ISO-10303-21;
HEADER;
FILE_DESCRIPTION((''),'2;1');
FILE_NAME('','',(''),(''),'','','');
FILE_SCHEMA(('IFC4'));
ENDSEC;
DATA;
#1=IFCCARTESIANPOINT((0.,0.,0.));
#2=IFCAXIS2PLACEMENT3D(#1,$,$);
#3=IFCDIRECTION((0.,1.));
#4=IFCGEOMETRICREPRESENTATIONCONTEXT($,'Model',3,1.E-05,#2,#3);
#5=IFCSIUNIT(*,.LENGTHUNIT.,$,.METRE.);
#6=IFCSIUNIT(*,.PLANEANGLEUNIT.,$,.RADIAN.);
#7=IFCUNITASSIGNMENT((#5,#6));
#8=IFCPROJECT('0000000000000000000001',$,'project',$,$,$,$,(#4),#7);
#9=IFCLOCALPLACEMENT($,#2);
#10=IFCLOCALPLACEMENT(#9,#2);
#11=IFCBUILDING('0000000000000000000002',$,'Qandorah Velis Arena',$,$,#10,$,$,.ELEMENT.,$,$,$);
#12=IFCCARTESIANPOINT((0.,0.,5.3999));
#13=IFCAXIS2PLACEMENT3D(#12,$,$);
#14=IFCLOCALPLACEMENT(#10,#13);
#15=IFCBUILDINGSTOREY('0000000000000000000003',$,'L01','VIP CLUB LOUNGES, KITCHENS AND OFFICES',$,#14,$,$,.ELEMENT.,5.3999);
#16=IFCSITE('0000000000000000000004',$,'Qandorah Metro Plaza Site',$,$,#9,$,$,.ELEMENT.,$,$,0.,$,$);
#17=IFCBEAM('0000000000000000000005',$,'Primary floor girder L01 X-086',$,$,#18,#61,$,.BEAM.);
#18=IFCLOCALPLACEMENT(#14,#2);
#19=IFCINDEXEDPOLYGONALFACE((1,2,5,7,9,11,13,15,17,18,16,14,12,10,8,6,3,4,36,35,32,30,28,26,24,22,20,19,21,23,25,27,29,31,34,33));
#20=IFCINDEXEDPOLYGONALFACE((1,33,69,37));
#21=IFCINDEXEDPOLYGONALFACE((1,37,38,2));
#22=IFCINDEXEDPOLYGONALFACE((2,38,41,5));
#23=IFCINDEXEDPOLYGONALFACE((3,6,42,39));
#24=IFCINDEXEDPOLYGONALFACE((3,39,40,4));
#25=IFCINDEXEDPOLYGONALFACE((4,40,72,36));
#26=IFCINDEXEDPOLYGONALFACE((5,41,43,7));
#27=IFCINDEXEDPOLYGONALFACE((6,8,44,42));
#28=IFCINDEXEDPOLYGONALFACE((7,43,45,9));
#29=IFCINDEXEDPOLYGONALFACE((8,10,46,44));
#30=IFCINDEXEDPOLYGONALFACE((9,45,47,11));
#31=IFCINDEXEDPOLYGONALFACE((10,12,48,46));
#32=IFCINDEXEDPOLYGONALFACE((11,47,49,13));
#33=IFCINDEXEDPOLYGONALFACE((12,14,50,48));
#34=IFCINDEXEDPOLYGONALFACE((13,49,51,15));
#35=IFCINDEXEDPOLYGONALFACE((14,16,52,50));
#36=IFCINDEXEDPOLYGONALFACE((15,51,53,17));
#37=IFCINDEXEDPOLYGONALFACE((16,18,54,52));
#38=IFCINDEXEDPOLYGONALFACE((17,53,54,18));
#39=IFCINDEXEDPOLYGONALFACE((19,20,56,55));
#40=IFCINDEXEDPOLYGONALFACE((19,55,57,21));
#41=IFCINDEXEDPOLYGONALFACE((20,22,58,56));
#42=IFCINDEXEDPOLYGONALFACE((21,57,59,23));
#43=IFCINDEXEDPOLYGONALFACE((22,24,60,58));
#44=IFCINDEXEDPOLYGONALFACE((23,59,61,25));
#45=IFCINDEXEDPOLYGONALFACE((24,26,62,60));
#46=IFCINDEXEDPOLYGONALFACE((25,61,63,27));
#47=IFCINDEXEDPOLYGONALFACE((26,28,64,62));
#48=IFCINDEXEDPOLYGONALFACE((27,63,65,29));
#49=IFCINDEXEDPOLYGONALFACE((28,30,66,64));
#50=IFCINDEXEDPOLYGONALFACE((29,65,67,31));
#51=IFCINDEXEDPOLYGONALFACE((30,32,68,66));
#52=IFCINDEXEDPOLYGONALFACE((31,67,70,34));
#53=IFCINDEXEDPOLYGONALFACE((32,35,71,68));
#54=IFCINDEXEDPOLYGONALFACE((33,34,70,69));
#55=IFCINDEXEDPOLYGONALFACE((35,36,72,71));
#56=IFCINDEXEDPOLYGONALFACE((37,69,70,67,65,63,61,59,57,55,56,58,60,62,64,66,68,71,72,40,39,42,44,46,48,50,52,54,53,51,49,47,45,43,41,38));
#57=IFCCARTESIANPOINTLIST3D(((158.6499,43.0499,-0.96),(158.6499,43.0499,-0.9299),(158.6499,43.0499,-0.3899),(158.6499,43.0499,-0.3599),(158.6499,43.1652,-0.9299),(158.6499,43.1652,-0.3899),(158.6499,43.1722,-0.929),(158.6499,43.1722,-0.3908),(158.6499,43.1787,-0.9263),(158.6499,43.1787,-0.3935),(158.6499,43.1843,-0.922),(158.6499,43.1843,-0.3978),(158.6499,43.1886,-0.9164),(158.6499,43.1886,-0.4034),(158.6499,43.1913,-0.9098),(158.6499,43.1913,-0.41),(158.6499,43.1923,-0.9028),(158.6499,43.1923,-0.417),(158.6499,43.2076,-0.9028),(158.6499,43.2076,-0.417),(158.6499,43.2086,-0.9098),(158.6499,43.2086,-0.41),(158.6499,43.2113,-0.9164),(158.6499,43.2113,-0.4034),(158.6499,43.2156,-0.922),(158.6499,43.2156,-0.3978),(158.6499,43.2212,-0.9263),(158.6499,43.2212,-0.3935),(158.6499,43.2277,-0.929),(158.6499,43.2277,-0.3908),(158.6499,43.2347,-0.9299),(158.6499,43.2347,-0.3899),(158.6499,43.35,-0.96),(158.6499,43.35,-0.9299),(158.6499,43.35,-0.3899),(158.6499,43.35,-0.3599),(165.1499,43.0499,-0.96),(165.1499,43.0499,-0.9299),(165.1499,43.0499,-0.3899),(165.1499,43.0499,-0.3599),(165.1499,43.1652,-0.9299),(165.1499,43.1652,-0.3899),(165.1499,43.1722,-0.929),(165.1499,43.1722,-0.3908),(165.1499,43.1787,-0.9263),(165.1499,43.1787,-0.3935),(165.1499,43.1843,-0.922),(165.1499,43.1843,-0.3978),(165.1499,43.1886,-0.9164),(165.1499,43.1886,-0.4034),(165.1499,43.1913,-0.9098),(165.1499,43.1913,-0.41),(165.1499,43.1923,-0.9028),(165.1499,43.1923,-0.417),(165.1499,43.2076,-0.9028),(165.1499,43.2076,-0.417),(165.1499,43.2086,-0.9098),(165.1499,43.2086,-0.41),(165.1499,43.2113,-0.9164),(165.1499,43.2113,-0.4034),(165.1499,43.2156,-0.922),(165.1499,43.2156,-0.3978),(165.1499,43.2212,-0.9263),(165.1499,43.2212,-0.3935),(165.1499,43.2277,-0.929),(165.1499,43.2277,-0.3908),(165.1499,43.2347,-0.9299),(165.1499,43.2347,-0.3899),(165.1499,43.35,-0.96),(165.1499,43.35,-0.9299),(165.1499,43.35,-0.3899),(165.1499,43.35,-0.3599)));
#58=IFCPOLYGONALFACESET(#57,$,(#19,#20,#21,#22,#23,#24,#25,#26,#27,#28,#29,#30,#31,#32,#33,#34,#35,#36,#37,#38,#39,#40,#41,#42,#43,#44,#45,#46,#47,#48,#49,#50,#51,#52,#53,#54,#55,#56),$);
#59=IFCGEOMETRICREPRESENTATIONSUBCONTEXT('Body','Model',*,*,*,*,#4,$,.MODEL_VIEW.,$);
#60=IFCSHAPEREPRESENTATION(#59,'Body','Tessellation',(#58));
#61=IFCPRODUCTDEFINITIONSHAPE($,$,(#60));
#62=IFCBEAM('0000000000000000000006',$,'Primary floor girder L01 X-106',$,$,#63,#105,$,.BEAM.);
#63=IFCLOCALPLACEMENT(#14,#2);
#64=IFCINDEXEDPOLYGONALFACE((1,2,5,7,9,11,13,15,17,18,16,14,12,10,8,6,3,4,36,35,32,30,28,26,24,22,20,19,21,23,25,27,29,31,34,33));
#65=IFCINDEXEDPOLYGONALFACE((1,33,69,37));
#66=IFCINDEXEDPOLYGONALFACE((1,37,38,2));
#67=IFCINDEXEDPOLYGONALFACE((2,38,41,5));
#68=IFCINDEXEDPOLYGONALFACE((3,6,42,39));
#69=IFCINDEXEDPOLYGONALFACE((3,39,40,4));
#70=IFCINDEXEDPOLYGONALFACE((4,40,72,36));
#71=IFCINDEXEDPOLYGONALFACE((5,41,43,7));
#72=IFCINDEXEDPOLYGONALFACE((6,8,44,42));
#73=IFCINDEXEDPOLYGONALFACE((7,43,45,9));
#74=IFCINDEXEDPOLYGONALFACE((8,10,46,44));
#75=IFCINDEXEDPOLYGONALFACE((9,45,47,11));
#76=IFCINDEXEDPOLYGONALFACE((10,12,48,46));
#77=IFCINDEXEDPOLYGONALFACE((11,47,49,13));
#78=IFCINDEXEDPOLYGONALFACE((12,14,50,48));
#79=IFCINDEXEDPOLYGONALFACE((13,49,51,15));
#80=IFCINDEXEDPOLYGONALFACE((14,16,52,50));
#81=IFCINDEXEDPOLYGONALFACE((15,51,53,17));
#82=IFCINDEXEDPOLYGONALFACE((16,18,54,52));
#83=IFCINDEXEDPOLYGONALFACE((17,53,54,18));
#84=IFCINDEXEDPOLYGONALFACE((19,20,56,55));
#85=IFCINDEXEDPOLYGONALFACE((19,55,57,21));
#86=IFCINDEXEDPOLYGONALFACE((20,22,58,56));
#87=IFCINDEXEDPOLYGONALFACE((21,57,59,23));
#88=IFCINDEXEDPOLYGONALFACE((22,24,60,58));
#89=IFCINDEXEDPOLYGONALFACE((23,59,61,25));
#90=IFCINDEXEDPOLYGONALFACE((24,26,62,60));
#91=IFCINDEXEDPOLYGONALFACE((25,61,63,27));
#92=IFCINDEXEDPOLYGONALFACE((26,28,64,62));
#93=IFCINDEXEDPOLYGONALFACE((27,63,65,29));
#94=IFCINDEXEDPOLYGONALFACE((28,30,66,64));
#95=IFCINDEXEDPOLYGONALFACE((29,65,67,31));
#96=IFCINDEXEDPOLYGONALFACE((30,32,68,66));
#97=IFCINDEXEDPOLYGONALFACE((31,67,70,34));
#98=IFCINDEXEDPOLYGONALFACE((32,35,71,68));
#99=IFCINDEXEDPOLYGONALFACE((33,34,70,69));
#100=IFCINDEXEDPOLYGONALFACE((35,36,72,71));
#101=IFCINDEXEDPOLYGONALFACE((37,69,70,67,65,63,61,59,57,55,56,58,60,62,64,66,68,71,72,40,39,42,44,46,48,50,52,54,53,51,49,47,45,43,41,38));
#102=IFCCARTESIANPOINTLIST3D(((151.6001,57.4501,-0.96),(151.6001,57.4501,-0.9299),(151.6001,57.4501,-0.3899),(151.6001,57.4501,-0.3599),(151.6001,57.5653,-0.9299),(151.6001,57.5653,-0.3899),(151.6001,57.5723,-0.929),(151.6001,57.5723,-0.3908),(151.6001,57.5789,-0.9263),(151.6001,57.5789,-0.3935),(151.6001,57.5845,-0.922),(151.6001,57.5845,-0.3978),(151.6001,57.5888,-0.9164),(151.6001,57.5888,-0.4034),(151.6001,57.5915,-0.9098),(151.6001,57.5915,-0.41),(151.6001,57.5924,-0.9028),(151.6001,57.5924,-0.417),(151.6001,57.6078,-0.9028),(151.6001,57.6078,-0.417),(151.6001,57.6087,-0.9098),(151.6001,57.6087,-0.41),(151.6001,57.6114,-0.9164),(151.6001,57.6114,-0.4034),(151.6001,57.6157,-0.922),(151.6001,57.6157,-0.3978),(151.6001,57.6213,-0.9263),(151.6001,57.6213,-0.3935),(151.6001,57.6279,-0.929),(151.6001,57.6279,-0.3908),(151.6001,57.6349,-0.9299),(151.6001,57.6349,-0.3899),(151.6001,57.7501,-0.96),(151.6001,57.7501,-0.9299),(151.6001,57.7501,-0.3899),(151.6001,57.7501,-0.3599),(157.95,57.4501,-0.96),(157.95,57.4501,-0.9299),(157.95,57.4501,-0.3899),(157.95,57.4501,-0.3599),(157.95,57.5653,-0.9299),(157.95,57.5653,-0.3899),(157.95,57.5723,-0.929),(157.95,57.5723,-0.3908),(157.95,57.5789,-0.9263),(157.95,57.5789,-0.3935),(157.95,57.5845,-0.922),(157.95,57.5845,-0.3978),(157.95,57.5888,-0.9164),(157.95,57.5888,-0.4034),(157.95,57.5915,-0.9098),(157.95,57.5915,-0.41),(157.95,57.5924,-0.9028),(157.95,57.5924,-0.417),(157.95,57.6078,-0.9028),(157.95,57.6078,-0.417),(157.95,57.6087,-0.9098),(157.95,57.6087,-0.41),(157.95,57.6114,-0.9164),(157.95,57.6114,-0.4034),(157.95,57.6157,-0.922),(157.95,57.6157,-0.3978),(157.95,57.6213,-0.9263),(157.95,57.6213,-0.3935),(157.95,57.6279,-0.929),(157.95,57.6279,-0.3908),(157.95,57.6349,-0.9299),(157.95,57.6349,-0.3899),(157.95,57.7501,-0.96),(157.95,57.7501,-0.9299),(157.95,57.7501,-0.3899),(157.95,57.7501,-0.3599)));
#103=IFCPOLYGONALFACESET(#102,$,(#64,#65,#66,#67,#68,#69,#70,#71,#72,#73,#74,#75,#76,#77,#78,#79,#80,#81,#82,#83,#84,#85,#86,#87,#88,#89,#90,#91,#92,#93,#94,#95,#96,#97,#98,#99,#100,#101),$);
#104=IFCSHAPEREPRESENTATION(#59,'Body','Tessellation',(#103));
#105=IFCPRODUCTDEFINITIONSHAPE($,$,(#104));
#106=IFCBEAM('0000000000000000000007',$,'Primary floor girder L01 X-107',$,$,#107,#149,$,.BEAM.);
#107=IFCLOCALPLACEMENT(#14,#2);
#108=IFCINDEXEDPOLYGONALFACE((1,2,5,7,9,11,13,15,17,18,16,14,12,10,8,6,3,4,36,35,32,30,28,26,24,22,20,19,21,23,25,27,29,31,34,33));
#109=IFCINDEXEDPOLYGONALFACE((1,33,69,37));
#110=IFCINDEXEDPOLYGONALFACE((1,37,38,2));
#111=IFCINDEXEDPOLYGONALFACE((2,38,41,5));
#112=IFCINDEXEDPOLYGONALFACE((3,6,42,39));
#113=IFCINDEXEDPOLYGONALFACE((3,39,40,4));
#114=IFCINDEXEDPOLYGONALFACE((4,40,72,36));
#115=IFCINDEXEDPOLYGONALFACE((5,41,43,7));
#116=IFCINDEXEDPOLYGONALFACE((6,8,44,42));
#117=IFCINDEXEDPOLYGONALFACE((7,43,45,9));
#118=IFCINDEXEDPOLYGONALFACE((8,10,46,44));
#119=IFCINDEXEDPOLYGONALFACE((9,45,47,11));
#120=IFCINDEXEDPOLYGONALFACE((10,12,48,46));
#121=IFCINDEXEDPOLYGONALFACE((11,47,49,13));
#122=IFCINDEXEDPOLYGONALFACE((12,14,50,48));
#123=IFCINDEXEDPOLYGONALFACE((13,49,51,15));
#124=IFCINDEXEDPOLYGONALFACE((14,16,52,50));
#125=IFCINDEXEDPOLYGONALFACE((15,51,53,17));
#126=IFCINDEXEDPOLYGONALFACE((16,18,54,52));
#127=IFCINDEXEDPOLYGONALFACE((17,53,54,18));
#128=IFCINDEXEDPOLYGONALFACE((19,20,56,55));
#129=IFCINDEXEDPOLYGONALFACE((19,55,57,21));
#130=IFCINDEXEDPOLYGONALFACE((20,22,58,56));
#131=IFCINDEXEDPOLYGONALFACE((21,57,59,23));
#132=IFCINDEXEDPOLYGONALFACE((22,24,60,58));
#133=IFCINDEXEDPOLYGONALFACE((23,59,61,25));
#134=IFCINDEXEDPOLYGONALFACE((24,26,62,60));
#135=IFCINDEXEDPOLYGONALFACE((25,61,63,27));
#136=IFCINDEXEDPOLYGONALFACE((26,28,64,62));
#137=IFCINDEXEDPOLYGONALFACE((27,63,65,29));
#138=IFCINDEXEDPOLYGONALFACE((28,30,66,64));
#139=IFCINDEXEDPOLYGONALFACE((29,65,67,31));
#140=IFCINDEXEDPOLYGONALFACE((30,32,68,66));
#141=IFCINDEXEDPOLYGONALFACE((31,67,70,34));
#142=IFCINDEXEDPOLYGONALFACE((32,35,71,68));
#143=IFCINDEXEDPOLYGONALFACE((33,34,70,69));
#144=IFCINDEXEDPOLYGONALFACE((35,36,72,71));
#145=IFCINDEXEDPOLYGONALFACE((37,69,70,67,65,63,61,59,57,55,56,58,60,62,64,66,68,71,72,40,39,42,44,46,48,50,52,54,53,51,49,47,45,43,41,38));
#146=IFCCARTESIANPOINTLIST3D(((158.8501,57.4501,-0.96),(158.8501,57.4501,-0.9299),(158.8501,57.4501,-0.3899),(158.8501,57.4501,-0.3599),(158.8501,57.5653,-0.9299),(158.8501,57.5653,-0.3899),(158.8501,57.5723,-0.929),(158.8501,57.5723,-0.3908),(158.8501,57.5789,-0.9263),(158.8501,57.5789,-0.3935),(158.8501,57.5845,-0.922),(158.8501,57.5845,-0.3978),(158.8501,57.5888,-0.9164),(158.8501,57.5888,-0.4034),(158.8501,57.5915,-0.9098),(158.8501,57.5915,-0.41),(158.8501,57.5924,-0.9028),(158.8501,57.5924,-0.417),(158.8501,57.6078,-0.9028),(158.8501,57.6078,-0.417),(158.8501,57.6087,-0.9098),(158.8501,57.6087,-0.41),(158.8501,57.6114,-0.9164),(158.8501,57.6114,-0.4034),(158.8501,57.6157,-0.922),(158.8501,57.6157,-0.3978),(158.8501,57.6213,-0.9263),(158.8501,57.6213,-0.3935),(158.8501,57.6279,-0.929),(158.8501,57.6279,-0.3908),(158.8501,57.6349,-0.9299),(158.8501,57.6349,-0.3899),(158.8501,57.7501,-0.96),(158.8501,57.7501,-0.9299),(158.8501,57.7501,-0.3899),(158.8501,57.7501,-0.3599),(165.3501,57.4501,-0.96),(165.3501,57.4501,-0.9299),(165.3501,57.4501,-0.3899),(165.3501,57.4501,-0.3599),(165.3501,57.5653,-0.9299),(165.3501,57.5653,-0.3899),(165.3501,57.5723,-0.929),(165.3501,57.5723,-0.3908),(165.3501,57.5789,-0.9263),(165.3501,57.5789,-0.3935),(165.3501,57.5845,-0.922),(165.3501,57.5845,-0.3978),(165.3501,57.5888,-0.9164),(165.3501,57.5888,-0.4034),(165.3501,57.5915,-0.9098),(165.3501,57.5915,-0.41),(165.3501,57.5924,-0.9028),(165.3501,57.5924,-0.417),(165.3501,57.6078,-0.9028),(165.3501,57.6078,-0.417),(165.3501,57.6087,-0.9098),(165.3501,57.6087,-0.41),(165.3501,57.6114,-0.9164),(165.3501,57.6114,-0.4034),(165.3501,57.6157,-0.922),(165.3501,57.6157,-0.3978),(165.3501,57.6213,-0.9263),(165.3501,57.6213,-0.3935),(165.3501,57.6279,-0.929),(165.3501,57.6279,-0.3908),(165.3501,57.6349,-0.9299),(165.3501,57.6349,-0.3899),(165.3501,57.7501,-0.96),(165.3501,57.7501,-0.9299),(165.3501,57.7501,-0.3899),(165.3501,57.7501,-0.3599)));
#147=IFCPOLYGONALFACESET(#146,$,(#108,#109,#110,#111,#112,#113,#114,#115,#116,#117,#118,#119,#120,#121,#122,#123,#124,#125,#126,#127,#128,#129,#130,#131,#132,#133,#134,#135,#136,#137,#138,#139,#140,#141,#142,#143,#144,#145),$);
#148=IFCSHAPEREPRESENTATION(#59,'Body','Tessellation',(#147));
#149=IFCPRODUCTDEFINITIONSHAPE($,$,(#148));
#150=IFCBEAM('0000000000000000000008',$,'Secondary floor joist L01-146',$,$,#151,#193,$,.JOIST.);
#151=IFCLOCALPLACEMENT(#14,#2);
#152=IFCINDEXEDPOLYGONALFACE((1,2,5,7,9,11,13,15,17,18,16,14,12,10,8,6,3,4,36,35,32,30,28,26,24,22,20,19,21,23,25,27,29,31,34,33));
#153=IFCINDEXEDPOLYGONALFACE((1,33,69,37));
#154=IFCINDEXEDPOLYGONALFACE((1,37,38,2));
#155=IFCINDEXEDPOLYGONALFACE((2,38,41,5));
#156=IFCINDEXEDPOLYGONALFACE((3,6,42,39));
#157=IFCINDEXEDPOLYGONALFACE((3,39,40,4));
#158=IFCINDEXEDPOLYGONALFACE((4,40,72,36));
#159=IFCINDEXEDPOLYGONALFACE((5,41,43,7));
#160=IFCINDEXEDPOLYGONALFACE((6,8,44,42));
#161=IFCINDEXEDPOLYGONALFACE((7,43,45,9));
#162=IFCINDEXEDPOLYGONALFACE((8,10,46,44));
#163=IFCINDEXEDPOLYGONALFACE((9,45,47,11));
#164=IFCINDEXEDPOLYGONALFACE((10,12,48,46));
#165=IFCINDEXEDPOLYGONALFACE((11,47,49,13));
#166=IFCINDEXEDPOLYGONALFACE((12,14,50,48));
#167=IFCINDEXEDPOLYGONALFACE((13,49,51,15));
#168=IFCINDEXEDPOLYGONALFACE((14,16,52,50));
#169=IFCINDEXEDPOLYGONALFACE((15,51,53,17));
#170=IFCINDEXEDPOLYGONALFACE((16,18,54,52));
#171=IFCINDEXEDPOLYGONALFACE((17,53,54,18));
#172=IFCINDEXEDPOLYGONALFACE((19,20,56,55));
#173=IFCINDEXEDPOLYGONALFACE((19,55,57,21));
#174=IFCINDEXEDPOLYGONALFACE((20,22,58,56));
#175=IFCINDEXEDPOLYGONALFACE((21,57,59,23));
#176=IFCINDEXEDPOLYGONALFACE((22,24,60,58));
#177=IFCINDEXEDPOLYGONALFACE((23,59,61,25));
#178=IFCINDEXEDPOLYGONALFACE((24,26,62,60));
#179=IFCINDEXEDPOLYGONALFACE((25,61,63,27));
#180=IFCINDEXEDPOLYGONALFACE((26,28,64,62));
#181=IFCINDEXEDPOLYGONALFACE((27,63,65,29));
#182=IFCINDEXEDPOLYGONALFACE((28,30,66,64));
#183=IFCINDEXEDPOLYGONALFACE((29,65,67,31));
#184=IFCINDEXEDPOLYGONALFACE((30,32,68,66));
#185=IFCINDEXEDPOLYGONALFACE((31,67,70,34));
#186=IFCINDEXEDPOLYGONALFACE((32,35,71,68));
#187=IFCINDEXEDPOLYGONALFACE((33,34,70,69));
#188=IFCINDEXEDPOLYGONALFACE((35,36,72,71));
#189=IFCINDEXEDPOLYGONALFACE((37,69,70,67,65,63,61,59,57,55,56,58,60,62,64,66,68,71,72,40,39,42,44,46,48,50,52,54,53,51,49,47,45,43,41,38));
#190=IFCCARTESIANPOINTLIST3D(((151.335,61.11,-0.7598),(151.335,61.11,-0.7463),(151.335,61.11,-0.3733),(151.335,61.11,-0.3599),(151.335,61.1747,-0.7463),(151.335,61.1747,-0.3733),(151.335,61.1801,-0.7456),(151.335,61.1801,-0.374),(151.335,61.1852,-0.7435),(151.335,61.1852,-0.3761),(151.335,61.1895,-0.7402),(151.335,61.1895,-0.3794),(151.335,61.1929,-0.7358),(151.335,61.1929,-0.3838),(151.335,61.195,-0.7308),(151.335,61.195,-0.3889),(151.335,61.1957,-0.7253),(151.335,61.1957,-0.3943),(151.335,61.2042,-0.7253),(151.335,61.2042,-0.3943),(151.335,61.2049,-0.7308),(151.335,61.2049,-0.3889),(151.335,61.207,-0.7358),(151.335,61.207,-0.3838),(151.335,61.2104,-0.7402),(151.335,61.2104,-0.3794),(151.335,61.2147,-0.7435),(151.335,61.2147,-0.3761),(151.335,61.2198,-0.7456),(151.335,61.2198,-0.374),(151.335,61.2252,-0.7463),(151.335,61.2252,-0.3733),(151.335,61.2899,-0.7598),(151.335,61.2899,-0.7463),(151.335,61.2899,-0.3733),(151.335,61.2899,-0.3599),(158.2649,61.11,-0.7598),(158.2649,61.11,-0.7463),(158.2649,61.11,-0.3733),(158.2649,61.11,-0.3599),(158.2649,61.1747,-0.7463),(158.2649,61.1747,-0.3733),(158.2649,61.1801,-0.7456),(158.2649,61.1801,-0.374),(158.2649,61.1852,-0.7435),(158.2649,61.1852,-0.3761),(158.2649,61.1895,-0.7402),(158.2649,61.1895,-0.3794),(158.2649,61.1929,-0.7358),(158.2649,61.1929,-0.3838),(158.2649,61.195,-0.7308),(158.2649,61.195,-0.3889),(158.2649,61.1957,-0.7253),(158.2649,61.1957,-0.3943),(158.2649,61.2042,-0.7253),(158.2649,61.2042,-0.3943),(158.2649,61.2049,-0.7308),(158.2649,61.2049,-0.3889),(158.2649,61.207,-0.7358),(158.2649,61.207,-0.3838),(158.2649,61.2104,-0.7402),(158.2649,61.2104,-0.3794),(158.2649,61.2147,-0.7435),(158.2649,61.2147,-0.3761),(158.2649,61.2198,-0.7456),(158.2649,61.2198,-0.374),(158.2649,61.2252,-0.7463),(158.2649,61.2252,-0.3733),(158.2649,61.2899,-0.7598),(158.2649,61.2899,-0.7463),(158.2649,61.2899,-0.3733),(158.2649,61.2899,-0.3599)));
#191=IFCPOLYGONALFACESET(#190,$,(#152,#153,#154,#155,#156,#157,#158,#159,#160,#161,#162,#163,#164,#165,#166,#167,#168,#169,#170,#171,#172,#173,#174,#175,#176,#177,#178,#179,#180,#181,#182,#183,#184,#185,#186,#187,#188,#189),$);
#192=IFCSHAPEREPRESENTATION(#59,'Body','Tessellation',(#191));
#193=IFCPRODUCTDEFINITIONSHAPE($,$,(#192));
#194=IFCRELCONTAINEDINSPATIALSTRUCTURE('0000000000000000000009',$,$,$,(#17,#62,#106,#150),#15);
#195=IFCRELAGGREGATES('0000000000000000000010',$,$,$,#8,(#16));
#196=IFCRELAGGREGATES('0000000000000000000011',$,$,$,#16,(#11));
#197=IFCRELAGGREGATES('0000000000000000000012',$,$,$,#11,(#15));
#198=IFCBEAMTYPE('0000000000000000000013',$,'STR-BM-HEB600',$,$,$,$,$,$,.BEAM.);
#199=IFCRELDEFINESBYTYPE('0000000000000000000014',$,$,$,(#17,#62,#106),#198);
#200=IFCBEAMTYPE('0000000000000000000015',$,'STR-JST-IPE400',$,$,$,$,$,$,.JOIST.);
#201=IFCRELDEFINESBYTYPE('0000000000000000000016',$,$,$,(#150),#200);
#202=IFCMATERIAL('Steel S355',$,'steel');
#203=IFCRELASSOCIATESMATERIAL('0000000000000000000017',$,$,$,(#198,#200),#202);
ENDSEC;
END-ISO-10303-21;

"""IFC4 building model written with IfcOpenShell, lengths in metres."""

from ifc_helpers import new_model, si_unit, direction, frame, origin, origin_2d, place, context, subcontext, project, spatial, i_section, extrude, material, material_profile, profile_set, type_object, element, save


model = new_model("IFC4")

# Units and contexts
model_context = context("Model", 3, precision=1e-05, world=origin(), true_north=direction((0.0, 1.0)))
body_context = subcontext(model_context, "Body", "Model", "MODEL_VIEW")
ifc_project = project(units=[si_unit("LENGTHUNIT", "METRE"), si_unit("PLANEANGLEUNIT", "RADIAN")], contexts=[model_context])

# Site, building, storey
site_placement = place(None, origin())
site = spatial("IfcSite", under=ifc_project, at=site_placement, Name="Qandorah Metro Plaza Site", CompositionType="ELEMENT", RefElevation=0.0)
building_placement = place(site_placement, origin())
building = spatial("IfcBuilding", under=site, at=building_placement, Name="Qandorah Velis Arena", CompositionType="ELEMENT")
storey_placement = place(building_placement, frame((0.0, 0.0, 5.3999)))
storey = spatial("IfcBuildingStorey", under=building, at=storey_placement, Name="L01", Description="VIP CLUB LOUNGES, KITCHENS AND OFFICES", CompositionType="ELEMENT", Elevation=5.3999)

# Beams
ifc_material_1 = material(Name="Steel S355", Category="steel")
ifc_material_profile_1 = material_profile(ifc_material_1, i_section(OverallWidth=0.3, OverallDepth=0.6001, WebThickness=0.0154, FlangeThickness=0.03, FilletRadius=0.0271, at=origin_2d()), Name="HEB 600")
ifc_profile_set_1 = profile_set([ifc_material_profile_1], Name="Steel S355")
beam_type_1 = type_object("IfcBeamType", Name="STR-BM-HEB600", PredefinedType="BEAM", material=ifc_profile_set_1)
beam_1_placement = place(storey_placement, frame((158.6499, 43.2, -0.6599), z_axis=(1.0, 0.0, 0.0), x_axis=(0.0, 1.0, 0.0)))
element("IfcBeam", 1, at=beam_1_placement, inside=storey, type_object=beam_type_1, Name="Primary floor girder L01 X-086", PredefinedType="BEAM", context=body_context, shape_type="SweptSolid", body=[
    extrude(i_section(OverallWidth=0.3, OverallDepth=0.6001, WebThickness=0.0154, FlangeThickness=0.03, FilletRadius=0.0271, at=origin_2d()), origin(), (0.0, 0.0, 1.0), 6.5),
])
beam_2_placement = place(storey_placement, frame((151.6001, 57.6001, -0.6599), z_axis=(1.0, 0.0, 0.0), x_axis=(0.0, 1.0, 0.0)))
element("IfcBeam", 2, at=beam_2_placement, inside=storey, type_object=beam_type_1, Name="Primary floor girder L01 X-106", PredefinedType="BEAM", context=body_context, shape_type="SweptSolid", body=[
    extrude(i_section(OverallWidth=0.3, OverallDepth=0.6001, WebThickness=0.0154, FlangeThickness=0.03, FilletRadius=0.0271, at=origin_2d()), origin(), (0.0, 0.0, 1.0), 6.3499),
])
beam_3_placement = place(storey_placement, frame((158.8501, 57.6001, -0.6599), z_axis=(1.0, 0.0, 0.0), x_axis=(0.0, 1.0, 0.0)))
element("IfcBeam", 3, at=beam_3_placement, inside=storey, type_object=beam_type_1, Name="Primary floor girder L01 X-107", PredefinedType="BEAM", context=body_context, shape_type="SweptSolid", body=[
    extrude(i_section(OverallWidth=0.3, OverallDepth=0.6001, WebThickness=0.0154, FlangeThickness=0.03, FilletRadius=0.0271, at=origin_2d()), origin(), (0.0, 0.0, 1.0), 6.5),
])
ifc_material_profile_2 = material_profile(ifc_material_1, i_section(OverallWidth=0.1799, OverallDepth=0.3999, WebThickness=0.0085, FlangeThickness=0.0134, FilletRadius=0.021, at=origin_2d()), Name="IPE 400")
ifc_profile_set_2 = profile_set([ifc_material_profile_2], Name="Steel S355")
beam_type_2 = type_object("IfcBeamType", Name="STR-JST-IPE400", PredefinedType="JOIST", material=ifc_profile_set_2)
beam_4_placement = place(storey_placement, frame((151.335, 61.2, -0.5598), z_axis=(1.0, 0.0, 0.0), x_axis=(0.0, 1.0, 0.0)))
element("IfcBeam", 4, at=beam_4_placement, inside=storey, type_object=beam_type_2, Name="Secondary floor joist L01-146", PredefinedType="JOIST", context=body_context, shape_type="SweptSolid", body=[
    extrude(i_section(OverallWidth=0.1799, OverallDepth=0.3999, WebThickness=0.0085, FlangeThickness=0.0134, FilletRadius=0.021, at=origin_2d()), origin(), (0.0, 0.0, 1.0), 6.9299),
])

save(model, "model.ifc")
